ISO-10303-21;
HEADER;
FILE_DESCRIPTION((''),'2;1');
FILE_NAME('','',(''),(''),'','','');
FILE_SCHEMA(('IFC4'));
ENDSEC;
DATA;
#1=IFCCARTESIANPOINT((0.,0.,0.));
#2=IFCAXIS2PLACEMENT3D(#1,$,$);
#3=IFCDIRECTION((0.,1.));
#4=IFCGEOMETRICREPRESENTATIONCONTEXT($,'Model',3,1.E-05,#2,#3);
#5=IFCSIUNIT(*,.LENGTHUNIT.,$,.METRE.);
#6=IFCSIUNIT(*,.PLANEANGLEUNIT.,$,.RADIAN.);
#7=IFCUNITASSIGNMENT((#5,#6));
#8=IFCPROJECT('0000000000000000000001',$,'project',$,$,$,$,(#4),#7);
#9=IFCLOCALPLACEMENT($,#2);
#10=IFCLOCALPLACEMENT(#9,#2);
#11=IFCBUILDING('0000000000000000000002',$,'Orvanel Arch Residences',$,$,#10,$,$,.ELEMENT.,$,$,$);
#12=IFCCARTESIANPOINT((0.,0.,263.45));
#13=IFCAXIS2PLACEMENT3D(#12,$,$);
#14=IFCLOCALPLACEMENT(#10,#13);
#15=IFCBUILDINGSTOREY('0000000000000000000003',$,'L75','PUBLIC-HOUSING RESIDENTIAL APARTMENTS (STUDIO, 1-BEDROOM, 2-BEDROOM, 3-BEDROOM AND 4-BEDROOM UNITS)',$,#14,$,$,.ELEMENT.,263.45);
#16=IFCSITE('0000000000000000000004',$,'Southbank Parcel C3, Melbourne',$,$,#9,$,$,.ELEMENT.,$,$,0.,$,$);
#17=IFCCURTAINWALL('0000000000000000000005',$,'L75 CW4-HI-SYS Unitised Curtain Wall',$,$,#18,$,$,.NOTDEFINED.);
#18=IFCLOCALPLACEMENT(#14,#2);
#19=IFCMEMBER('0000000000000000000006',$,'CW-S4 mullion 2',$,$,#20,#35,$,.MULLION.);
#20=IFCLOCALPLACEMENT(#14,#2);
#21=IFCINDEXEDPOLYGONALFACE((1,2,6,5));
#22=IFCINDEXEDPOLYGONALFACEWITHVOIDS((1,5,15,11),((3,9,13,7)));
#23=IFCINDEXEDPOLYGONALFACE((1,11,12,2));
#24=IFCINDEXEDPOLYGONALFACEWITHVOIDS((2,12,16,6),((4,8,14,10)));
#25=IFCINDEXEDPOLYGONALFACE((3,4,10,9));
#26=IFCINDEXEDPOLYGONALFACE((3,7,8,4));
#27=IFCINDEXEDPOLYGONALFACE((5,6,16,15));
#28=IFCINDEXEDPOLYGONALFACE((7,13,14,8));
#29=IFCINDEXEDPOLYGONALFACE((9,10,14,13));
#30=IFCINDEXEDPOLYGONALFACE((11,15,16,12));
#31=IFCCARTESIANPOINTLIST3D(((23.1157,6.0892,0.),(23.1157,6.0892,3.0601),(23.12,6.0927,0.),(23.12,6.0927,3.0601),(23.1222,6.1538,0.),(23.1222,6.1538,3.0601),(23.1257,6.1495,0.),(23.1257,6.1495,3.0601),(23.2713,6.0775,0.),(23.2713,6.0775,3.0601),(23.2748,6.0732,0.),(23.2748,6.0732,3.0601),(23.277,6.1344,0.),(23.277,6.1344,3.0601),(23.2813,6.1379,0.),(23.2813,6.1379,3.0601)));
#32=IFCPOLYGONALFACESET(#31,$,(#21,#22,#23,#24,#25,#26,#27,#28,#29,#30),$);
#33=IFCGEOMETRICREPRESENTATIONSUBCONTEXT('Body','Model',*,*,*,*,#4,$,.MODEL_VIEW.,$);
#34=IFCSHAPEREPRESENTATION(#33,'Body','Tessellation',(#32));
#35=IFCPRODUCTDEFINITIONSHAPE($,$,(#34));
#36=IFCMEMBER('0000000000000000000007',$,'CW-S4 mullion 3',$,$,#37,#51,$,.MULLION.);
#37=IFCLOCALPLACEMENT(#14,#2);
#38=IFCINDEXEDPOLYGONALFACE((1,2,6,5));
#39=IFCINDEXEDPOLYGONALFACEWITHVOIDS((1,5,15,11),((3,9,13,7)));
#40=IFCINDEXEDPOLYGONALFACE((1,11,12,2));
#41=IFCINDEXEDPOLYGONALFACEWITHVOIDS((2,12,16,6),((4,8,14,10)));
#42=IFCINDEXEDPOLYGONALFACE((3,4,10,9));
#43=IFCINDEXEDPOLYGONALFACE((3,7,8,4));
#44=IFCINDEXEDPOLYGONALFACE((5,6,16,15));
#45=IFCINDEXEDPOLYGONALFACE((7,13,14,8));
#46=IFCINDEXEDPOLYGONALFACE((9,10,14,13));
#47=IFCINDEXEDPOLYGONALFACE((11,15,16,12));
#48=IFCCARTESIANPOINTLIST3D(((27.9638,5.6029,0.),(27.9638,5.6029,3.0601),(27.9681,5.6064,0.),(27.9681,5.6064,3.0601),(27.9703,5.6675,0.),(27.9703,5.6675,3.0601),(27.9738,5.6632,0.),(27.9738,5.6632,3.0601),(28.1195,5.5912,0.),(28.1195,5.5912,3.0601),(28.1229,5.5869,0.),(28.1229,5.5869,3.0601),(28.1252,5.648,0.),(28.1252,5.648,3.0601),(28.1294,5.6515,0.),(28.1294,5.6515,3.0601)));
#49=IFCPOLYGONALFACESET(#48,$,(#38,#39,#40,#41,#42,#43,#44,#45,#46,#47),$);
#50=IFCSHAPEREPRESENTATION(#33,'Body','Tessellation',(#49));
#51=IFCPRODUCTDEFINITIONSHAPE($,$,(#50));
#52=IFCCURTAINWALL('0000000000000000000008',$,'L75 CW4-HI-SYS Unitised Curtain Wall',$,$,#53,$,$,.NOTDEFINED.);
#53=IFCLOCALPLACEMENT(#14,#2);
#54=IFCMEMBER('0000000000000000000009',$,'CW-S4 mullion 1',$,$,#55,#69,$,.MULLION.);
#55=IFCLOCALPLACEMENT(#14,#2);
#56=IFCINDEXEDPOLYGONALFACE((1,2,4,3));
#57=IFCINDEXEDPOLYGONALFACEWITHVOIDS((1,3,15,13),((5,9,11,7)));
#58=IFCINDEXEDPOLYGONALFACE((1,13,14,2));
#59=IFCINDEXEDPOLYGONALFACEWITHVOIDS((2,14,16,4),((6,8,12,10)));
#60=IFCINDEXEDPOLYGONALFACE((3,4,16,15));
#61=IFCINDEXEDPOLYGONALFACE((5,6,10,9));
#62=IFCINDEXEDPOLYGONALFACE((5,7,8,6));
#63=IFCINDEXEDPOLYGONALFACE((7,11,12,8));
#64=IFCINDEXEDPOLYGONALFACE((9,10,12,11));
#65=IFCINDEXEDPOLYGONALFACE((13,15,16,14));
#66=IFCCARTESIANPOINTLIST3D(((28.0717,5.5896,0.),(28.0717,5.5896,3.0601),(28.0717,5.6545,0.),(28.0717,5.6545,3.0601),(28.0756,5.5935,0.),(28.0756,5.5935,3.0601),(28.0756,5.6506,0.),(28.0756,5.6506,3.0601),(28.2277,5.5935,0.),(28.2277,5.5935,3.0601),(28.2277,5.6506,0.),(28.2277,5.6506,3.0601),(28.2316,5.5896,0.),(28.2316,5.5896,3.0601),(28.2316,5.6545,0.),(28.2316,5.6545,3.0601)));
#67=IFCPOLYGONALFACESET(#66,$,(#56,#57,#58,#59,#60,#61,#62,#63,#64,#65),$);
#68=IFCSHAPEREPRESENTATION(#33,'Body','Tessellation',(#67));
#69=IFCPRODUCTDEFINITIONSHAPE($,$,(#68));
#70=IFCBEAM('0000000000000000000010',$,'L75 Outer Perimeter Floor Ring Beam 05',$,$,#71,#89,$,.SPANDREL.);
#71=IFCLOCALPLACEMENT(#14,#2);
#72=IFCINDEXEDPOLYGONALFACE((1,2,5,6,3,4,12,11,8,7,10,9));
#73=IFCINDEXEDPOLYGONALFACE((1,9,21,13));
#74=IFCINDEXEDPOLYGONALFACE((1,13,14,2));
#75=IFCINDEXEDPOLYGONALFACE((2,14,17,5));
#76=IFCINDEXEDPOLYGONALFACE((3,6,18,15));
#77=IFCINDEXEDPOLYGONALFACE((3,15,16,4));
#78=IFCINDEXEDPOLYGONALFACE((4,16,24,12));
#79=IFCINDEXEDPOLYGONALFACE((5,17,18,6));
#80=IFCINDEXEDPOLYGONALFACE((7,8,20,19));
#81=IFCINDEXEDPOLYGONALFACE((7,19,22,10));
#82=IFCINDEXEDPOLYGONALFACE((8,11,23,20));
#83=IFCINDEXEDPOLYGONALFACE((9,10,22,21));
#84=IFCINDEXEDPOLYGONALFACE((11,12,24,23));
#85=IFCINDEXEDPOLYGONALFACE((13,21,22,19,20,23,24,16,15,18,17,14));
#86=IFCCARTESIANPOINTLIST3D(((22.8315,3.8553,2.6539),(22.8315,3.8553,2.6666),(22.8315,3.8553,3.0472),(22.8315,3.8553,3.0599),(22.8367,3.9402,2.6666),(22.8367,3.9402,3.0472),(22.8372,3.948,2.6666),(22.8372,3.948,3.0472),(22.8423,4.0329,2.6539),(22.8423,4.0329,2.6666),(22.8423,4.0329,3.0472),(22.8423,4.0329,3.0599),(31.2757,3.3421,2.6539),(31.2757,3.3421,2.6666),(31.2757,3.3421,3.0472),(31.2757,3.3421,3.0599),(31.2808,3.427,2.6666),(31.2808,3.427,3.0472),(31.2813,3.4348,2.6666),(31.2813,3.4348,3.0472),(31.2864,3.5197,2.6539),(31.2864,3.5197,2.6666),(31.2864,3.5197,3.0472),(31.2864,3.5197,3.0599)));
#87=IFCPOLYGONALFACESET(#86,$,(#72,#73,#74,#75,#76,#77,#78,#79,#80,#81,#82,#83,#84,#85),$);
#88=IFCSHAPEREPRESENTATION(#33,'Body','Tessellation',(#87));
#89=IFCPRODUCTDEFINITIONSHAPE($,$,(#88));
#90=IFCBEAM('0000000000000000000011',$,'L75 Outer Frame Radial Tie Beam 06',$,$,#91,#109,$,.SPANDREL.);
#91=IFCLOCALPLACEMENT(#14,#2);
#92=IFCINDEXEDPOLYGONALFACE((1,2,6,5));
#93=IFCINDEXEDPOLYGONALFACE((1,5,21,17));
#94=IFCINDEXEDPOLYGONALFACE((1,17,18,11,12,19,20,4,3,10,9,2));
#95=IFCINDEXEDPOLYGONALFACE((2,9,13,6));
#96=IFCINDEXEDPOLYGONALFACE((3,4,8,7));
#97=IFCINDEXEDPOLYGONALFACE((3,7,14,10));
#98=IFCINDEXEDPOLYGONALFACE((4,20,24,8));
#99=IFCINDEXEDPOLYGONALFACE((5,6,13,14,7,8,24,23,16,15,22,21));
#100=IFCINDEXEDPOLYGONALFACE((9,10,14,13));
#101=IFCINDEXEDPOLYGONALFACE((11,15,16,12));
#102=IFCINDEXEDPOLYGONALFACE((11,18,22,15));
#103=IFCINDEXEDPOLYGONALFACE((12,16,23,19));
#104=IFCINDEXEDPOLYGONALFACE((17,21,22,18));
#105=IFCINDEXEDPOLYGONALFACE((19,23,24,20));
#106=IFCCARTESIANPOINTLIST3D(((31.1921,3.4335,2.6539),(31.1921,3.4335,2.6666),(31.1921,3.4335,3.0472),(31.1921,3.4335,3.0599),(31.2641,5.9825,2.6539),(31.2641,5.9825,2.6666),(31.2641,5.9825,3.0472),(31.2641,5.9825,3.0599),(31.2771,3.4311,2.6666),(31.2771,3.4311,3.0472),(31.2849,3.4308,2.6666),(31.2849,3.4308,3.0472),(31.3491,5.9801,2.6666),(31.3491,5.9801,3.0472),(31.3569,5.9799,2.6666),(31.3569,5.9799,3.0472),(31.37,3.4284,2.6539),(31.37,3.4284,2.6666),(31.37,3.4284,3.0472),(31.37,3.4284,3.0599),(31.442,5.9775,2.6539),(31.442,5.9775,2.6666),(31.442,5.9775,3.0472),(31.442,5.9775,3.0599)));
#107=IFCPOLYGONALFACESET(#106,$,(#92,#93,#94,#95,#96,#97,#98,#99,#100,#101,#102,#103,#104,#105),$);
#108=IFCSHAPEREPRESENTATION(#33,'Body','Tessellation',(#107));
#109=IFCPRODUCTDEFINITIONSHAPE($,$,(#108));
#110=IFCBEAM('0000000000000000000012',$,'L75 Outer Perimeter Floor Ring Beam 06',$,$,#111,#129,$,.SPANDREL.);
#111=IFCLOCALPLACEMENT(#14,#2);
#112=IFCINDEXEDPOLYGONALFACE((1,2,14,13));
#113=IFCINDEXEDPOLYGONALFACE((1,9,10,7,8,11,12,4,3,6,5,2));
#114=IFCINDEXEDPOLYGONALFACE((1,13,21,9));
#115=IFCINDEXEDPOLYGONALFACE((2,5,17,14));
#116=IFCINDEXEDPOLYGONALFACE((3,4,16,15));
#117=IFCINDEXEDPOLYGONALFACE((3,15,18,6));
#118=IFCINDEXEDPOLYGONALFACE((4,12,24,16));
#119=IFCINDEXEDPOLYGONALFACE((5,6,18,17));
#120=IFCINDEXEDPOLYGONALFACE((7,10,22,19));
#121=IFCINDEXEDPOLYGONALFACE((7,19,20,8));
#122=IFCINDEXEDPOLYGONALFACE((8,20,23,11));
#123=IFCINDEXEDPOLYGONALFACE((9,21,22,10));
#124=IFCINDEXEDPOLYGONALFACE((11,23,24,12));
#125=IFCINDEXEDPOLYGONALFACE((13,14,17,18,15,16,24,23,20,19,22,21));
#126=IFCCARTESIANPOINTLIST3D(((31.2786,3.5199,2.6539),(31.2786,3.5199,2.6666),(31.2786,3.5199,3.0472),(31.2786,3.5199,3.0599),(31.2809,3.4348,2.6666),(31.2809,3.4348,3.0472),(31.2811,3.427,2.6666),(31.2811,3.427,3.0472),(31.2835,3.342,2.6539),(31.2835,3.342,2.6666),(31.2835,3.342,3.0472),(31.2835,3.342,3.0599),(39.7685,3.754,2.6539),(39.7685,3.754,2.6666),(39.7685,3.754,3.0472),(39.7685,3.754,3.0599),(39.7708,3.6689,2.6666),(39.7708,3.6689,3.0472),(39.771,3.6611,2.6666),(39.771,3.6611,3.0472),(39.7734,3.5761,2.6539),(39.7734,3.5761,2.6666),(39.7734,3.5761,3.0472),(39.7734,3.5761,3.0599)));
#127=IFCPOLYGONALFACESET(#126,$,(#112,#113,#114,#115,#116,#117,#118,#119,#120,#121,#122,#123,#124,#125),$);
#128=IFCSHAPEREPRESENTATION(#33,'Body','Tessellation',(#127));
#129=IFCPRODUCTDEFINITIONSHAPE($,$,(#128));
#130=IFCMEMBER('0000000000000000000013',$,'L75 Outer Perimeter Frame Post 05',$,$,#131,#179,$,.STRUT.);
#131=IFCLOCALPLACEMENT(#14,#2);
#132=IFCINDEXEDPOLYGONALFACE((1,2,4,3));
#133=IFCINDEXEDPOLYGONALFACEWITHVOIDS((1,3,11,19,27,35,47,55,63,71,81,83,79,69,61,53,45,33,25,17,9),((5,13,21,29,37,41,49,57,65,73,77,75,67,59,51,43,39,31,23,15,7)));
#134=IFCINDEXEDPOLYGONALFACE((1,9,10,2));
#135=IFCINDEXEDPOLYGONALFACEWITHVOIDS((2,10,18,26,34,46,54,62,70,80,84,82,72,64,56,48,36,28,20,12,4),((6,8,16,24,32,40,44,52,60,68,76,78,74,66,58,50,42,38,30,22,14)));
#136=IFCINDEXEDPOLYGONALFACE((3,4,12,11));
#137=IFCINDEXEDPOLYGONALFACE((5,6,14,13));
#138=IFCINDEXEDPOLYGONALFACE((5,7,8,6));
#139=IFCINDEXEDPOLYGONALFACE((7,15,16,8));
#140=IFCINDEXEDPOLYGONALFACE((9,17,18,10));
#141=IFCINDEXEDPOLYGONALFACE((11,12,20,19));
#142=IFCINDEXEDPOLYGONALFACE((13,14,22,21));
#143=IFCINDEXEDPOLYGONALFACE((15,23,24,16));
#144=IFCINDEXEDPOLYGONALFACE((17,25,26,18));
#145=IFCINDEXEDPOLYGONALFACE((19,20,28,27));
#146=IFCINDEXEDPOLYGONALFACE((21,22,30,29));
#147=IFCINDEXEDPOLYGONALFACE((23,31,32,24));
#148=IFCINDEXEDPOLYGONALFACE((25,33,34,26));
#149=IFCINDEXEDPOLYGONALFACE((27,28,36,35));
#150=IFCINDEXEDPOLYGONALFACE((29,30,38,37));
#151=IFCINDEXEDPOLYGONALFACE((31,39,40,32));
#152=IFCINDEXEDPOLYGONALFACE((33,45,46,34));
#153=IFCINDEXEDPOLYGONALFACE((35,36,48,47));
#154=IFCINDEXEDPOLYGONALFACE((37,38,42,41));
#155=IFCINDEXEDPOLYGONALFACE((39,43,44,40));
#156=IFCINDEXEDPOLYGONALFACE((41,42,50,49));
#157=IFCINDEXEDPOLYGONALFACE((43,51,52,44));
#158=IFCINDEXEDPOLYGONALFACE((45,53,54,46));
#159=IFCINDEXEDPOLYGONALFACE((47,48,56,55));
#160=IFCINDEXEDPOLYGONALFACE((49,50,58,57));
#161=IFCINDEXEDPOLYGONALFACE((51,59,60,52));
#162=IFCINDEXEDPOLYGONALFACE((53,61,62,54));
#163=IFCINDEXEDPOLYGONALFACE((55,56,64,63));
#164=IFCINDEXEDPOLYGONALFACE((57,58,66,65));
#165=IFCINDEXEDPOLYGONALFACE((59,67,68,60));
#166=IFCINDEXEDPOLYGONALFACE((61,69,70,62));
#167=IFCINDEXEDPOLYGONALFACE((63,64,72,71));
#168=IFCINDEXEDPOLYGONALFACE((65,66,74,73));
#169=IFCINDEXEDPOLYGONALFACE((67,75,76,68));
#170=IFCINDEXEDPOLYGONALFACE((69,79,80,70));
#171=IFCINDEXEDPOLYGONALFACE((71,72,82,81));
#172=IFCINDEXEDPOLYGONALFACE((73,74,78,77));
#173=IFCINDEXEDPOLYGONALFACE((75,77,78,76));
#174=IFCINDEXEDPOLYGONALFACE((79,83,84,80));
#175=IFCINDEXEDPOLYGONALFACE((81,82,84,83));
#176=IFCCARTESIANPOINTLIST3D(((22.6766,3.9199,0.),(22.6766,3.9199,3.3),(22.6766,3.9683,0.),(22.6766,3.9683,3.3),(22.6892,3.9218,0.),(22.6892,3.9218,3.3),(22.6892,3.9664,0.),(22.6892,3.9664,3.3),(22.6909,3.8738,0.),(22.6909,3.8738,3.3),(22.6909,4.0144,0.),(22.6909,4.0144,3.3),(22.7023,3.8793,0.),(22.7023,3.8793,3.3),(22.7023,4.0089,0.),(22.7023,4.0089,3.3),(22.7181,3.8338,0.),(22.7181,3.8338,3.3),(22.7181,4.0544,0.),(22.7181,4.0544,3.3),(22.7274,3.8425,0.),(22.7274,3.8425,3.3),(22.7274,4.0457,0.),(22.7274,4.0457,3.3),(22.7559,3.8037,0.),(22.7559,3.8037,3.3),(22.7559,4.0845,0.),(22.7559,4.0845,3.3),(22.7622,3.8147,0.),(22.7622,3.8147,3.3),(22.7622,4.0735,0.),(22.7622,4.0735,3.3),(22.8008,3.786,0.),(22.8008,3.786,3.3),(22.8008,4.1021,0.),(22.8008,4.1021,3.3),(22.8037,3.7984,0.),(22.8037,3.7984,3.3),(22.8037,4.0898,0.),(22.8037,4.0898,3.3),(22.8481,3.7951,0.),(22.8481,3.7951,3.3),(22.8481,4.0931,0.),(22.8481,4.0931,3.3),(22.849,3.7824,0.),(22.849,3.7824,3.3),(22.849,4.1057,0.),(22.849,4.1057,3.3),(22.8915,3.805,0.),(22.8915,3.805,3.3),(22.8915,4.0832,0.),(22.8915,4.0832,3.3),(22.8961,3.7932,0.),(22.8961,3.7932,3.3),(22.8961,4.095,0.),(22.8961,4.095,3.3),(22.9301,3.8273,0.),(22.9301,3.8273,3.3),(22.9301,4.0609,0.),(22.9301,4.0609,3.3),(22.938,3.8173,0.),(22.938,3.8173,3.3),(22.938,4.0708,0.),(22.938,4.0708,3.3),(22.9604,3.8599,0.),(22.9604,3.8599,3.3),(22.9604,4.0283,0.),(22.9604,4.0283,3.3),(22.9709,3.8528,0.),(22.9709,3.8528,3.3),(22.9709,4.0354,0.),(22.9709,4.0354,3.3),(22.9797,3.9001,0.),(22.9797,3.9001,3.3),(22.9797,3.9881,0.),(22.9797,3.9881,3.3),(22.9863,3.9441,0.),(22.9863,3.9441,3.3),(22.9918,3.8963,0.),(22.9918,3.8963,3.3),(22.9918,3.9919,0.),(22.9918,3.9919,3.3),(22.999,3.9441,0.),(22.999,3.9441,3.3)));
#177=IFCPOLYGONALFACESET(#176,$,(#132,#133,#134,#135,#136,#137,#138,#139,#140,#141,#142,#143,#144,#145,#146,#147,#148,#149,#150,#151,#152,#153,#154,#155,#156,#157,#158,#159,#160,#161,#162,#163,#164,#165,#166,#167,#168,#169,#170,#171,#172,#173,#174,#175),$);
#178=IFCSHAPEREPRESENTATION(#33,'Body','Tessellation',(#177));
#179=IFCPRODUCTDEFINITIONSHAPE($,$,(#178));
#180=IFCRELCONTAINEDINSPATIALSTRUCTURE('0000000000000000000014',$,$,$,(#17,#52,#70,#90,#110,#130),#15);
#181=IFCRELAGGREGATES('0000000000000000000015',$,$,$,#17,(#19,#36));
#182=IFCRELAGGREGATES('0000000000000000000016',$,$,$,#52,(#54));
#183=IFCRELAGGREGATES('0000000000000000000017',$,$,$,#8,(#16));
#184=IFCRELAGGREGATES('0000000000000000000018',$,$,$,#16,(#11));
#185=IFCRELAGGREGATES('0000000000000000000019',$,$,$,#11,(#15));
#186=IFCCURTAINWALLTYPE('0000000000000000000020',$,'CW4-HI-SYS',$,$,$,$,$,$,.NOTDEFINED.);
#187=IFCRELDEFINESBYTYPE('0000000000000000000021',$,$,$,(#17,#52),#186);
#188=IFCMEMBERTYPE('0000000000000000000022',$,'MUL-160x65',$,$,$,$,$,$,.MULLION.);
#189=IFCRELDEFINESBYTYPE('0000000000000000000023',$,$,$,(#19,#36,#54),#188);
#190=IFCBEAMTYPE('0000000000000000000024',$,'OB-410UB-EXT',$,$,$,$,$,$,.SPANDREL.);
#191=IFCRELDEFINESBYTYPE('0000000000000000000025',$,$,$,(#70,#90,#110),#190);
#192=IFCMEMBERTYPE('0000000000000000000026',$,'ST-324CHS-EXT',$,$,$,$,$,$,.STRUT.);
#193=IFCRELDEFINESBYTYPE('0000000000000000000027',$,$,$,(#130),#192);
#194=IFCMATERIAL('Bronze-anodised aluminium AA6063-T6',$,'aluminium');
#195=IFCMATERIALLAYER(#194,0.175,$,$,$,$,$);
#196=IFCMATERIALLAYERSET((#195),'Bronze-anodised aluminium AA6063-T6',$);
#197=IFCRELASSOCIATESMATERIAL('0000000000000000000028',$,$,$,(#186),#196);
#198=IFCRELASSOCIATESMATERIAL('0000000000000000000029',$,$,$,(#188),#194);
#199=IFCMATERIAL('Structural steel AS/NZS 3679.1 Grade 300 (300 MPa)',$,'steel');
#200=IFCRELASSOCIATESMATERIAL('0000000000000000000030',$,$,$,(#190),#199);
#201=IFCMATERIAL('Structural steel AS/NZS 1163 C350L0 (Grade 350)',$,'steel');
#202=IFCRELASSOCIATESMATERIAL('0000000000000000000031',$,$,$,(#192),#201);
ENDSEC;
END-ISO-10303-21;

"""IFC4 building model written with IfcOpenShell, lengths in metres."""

from ifc_helpers import new_model, si_unit, direction, frame, origin, origin_2d, place, context, subcontext, project, spatial, hollow_rectangle, hollow_circle, i_section, extrude, material, layer, layer_set, material_profile, profile_set, type_object, element, aggregate, save


model = new_model("IFC4")

# Units and contexts
model_context = context("Model", 3, precision=1e-05, world=origin(), true_north=direction((0.0, 1.0)))
body_context = subcontext(model_context, "Body", "Model", "MODEL_VIEW")
ifc_project = project(units=[si_unit("LENGTHUNIT", "METRE"), si_unit("PLANEANGLEUNIT", "RADIAN")], contexts=[model_context])

# Site, building, storey
site_placement = place(None, origin())
site = spatial("IfcSite", under=ifc_project, at=site_placement, Name="Southbank Parcel C3, Melbourne", CompositionType="ELEMENT", RefElevation=0.0)
building_placement = place(site_placement, origin())
building = spatial("IfcBuilding", under=site, at=building_placement, Name="Orvanel Arch Residences", CompositionType="ELEMENT")
storey_placement = place(building_placement, frame((0.0, 0.0, 263.45)))
storey = spatial("IfcBuildingStorey", under=building, at=storey_placement, Name="L75", Description="PUBLIC-HOUSING RESIDENTIAL APARTMENTS (STUDIO, 1-BEDROOM, 2-BEDROOM, 3-BEDROOM AND 4-BEDROOM UNITS)", CompositionType="ELEMENT", Elevation=263.45)

# Curtain wall, members
ifc_material_1 = material(Name="Bronze-anodised aluminium AA6063-T6", Category="aluminium")
ifc_layer_1 = layer(ifc_material_1, 0.175)
ifc_layer_set_1 = layer_set([ifc_layer_1], Name="Bronze-anodised aluminium AA6063-T6")
curtain_wall_type = type_object("IfcCurtainWallType", Name="CW4-HI-SYS", PredefinedType="NOTDEFINED", material=ifc_layer_set_1)
curtain_wall_1_placement = place(storey_placement, origin())
curtain_wall_1 = element("IfcCurtainWall", 1, at=curtain_wall_1_placement, inside=storey, type_object=curtain_wall_type, Name="L75 CW4-HI-SYS Unitised Curtain Wall", PredefinedType="NOTDEFINED")
ifc_material_profile_1 = material_profile(ifc_material_1, hollow_rectangle(XDim=0.0649, YDim=0.1599, WallThickness=0.0039, at=origin_2d()), Name="ALU160x65x4")
ifc_profile_set_1 = profile_set([ifc_material_profile_1], Name="Bronze-anodised aluminium AA6063-T6")
member_type_1 = type_object("IfcMemberType", Name="MUL-160x65", PredefinedType="MULLION", material=ifc_profile_set_1)
member_1_placement = place(storey_placement, frame((23.1985, 6.1135, 0.0), z_axis=(0.0, 0.0, 1.0), x_axis=(0.099796, 0.995008, 0.0)))
member_1 = element("IfcMember", 2, at=member_1_placement, type_object=member_type_1, Name="CW-S4 mullion 2", PredefinedType="MULLION", context=body_context, shape_type="SweptSolid", body=[
    extrude(hollow_rectangle(XDim=0.0649, YDim=0.1599, WallThickness=0.0039, at=origin_2d()), origin(), (0.0, 0.0, 1.0), 3.0601),
])
member_2_placement = place(storey_placement, frame((28.0466, 5.6272, 0.0), z_axis=(0.0, 0.0, 1.0), x_axis=(0.099796, 0.995008, 0.0)))
member_2 = element("IfcMember", 3, at=member_2_placement, type_object=member_type_1, Name="CW-S4 mullion 3", PredefinedType="MULLION", context=body_context, shape_type="SweptSolid", body=[
    extrude(hollow_rectangle(XDim=0.0649, YDim=0.1599, WallThickness=0.0039, at=origin_2d()), origin(), (0.0, 0.0, 1.0), 3.0601),
])

# Curtain wall, member
curtain_wall_2_placement = place(storey_placement, origin())
curtain_wall_2 = element("IfcCurtainWall", 4, at=curtain_wall_2_placement, inside=storey, type_object=curtain_wall_type, Name="L75 CW4-HI-SYS Unitised Curtain Wall", PredefinedType="NOTDEFINED")
member_3_placement = place(storey_placement, frame((28.1516, 5.6221, 0.0), z_axis=(0.0, 0.0, 1.0), x_axis=(0.0, 1.0, 0.0)))
member_3 = element("IfcMember", 5, at=member_3_placement, type_object=member_type_1, Name="CW-S4 mullion 1", PredefinedType="MULLION", context=body_context, shape_type="SweptSolid", body=[
    extrude(hollow_rectangle(XDim=0.0649, YDim=0.1599, WallThickness=0.0039, at=origin_2d()), origin(), (0.0, 0.0, 1.0), 3.0601),
])

# Beams
ifc_material_2 = material(Name="Structural steel AS/NZS 3679.1 Grade 300 (300 MPa)", Category="steel")
ifc_material_profile_2 = material_profile(ifc_material_2, i_section(OverallWidth=0.178, OverallDepth=0.406, WebThickness=0.0078, FlangeThickness=0.0127, at=origin_2d()), Name="410UB59.7")
ifc_profile_set_2 = profile_set([ifc_material_profile_2], Name="Structural steel AS/NZS 3679.1 Grade 300 (300 MPa)")
beam_type = type_object("IfcBeamType", Name="OB-410UB-EXT", PredefinedType="SPANDREL", material=ifc_profile_set_2)
beam_1_placement = place(storey_placement, frame((22.8369, 3.9441, 2.8569), z_axis=(0.998158, -0.060662, 0.0), x_axis=(0.060662, 0.998158, 0.0)))
element("IfcBeam", 6, at=beam_1_placement, inside=storey, type_object=beam_type, Name="L75 Outer Perimeter Floor Ring Beam 05", PredefinedType="SPANDREL", context=body_context, shape_type="SweptSolid", body=[
    extrude(i_section(OverallWidth=0.178, OverallDepth=0.406, WebThickness=0.0078, FlangeThickness=0.0127, at=origin_2d()), origin(), (0.0, 0.0, 1.0), 8.4597),
])
beam_2_placement = place(storey_placement, frame((31.353, 5.98, 2.8569), z_axis=(-0.028243, -0.999601, 0.0), x_axis=(0.999601, -0.028243, 0.0)))
element("IfcBeam", 7, at=beam_2_placement, inside=storey, type_object=beam_type, Name="L75 Outer Frame Radial Tie Beam 06", PredefinedType="SPANDREL", context=body_context, shape_type="SweptSolid", body=[
    extrude(i_section(OverallWidth=0.178, OverallDepth=0.406, WebThickness=0.0078, FlangeThickness=0.0127, at=origin_2d()), origin(), (0.0, 0.0, 1.0), 2.55),
])
beam_3_placement = place(storey_placement, frame((31.281, 3.4309, 2.8569), z_axis=(0.99962, 0.027567, 0.0), x_axis=(-0.027567, 0.99962, 0.0)))
element("IfcBeam", 8, at=beam_3_placement, inside=storey, type_object=beam_type, Name="L75 Outer Perimeter Floor Ring Beam 06", PredefinedType="SPANDREL", context=body_context, shape_type="SweptSolid", body=[
    extrude(i_section(OverallWidth=0.178, OverallDepth=0.406, WebThickness=0.0078, FlangeThickness=0.0127, at=origin_2d()), origin(), (0.0, 0.0, 1.0), 8.4932),
])

# Member
ifc_material_3 = material(Name="Structural steel AS/NZS 1163 C350L0 (Grade 350)", Category="steel")
ifc_material_profile_3 = material_profile(ifc_material_3, hollow_circle(Radius=0.1621, WallThickness=0.0127, at=origin_2d()), Name="CHS324x12.7")
ifc_profile_set_3 = profile_set([ifc_material_profile_3], Name="Structural steel AS/NZS 1163 C350L0 (Grade 350)")
member_type_2 = type_object("IfcMemberType", Name="ST-324CHS-EXT", PredefinedType="STRUT", material=ifc_profile_set_3)
for number, where, z_axis, x_axis, name in (
    (9, (22.8369, 3.9441, 0.0), (0.0, 0.0, 1.0), (1.0, 0.0, 0.0), "L75 Outer Perimeter Frame Post 05"),
):
    element("IfcMember", number, at=place(storey_placement, frame(where, z_axis=z_axis, x_axis=x_axis)), inside=storey, type_object=member_type_2, Name=name, PredefinedType="STRUT", context=body_context, shape_type="SweptSolid", body=[
        extrude(hollow_circle(Radius=0.1621, WallThickness=0.0127, at=origin_2d()), origin(), (0.0, 0.0, 1.0), 3.3),
    ])

aggregate(curtain_wall_1, [member_1, member_2])
aggregate(curtain_wall_2, [member_3])

save(model, "model.ifc")
